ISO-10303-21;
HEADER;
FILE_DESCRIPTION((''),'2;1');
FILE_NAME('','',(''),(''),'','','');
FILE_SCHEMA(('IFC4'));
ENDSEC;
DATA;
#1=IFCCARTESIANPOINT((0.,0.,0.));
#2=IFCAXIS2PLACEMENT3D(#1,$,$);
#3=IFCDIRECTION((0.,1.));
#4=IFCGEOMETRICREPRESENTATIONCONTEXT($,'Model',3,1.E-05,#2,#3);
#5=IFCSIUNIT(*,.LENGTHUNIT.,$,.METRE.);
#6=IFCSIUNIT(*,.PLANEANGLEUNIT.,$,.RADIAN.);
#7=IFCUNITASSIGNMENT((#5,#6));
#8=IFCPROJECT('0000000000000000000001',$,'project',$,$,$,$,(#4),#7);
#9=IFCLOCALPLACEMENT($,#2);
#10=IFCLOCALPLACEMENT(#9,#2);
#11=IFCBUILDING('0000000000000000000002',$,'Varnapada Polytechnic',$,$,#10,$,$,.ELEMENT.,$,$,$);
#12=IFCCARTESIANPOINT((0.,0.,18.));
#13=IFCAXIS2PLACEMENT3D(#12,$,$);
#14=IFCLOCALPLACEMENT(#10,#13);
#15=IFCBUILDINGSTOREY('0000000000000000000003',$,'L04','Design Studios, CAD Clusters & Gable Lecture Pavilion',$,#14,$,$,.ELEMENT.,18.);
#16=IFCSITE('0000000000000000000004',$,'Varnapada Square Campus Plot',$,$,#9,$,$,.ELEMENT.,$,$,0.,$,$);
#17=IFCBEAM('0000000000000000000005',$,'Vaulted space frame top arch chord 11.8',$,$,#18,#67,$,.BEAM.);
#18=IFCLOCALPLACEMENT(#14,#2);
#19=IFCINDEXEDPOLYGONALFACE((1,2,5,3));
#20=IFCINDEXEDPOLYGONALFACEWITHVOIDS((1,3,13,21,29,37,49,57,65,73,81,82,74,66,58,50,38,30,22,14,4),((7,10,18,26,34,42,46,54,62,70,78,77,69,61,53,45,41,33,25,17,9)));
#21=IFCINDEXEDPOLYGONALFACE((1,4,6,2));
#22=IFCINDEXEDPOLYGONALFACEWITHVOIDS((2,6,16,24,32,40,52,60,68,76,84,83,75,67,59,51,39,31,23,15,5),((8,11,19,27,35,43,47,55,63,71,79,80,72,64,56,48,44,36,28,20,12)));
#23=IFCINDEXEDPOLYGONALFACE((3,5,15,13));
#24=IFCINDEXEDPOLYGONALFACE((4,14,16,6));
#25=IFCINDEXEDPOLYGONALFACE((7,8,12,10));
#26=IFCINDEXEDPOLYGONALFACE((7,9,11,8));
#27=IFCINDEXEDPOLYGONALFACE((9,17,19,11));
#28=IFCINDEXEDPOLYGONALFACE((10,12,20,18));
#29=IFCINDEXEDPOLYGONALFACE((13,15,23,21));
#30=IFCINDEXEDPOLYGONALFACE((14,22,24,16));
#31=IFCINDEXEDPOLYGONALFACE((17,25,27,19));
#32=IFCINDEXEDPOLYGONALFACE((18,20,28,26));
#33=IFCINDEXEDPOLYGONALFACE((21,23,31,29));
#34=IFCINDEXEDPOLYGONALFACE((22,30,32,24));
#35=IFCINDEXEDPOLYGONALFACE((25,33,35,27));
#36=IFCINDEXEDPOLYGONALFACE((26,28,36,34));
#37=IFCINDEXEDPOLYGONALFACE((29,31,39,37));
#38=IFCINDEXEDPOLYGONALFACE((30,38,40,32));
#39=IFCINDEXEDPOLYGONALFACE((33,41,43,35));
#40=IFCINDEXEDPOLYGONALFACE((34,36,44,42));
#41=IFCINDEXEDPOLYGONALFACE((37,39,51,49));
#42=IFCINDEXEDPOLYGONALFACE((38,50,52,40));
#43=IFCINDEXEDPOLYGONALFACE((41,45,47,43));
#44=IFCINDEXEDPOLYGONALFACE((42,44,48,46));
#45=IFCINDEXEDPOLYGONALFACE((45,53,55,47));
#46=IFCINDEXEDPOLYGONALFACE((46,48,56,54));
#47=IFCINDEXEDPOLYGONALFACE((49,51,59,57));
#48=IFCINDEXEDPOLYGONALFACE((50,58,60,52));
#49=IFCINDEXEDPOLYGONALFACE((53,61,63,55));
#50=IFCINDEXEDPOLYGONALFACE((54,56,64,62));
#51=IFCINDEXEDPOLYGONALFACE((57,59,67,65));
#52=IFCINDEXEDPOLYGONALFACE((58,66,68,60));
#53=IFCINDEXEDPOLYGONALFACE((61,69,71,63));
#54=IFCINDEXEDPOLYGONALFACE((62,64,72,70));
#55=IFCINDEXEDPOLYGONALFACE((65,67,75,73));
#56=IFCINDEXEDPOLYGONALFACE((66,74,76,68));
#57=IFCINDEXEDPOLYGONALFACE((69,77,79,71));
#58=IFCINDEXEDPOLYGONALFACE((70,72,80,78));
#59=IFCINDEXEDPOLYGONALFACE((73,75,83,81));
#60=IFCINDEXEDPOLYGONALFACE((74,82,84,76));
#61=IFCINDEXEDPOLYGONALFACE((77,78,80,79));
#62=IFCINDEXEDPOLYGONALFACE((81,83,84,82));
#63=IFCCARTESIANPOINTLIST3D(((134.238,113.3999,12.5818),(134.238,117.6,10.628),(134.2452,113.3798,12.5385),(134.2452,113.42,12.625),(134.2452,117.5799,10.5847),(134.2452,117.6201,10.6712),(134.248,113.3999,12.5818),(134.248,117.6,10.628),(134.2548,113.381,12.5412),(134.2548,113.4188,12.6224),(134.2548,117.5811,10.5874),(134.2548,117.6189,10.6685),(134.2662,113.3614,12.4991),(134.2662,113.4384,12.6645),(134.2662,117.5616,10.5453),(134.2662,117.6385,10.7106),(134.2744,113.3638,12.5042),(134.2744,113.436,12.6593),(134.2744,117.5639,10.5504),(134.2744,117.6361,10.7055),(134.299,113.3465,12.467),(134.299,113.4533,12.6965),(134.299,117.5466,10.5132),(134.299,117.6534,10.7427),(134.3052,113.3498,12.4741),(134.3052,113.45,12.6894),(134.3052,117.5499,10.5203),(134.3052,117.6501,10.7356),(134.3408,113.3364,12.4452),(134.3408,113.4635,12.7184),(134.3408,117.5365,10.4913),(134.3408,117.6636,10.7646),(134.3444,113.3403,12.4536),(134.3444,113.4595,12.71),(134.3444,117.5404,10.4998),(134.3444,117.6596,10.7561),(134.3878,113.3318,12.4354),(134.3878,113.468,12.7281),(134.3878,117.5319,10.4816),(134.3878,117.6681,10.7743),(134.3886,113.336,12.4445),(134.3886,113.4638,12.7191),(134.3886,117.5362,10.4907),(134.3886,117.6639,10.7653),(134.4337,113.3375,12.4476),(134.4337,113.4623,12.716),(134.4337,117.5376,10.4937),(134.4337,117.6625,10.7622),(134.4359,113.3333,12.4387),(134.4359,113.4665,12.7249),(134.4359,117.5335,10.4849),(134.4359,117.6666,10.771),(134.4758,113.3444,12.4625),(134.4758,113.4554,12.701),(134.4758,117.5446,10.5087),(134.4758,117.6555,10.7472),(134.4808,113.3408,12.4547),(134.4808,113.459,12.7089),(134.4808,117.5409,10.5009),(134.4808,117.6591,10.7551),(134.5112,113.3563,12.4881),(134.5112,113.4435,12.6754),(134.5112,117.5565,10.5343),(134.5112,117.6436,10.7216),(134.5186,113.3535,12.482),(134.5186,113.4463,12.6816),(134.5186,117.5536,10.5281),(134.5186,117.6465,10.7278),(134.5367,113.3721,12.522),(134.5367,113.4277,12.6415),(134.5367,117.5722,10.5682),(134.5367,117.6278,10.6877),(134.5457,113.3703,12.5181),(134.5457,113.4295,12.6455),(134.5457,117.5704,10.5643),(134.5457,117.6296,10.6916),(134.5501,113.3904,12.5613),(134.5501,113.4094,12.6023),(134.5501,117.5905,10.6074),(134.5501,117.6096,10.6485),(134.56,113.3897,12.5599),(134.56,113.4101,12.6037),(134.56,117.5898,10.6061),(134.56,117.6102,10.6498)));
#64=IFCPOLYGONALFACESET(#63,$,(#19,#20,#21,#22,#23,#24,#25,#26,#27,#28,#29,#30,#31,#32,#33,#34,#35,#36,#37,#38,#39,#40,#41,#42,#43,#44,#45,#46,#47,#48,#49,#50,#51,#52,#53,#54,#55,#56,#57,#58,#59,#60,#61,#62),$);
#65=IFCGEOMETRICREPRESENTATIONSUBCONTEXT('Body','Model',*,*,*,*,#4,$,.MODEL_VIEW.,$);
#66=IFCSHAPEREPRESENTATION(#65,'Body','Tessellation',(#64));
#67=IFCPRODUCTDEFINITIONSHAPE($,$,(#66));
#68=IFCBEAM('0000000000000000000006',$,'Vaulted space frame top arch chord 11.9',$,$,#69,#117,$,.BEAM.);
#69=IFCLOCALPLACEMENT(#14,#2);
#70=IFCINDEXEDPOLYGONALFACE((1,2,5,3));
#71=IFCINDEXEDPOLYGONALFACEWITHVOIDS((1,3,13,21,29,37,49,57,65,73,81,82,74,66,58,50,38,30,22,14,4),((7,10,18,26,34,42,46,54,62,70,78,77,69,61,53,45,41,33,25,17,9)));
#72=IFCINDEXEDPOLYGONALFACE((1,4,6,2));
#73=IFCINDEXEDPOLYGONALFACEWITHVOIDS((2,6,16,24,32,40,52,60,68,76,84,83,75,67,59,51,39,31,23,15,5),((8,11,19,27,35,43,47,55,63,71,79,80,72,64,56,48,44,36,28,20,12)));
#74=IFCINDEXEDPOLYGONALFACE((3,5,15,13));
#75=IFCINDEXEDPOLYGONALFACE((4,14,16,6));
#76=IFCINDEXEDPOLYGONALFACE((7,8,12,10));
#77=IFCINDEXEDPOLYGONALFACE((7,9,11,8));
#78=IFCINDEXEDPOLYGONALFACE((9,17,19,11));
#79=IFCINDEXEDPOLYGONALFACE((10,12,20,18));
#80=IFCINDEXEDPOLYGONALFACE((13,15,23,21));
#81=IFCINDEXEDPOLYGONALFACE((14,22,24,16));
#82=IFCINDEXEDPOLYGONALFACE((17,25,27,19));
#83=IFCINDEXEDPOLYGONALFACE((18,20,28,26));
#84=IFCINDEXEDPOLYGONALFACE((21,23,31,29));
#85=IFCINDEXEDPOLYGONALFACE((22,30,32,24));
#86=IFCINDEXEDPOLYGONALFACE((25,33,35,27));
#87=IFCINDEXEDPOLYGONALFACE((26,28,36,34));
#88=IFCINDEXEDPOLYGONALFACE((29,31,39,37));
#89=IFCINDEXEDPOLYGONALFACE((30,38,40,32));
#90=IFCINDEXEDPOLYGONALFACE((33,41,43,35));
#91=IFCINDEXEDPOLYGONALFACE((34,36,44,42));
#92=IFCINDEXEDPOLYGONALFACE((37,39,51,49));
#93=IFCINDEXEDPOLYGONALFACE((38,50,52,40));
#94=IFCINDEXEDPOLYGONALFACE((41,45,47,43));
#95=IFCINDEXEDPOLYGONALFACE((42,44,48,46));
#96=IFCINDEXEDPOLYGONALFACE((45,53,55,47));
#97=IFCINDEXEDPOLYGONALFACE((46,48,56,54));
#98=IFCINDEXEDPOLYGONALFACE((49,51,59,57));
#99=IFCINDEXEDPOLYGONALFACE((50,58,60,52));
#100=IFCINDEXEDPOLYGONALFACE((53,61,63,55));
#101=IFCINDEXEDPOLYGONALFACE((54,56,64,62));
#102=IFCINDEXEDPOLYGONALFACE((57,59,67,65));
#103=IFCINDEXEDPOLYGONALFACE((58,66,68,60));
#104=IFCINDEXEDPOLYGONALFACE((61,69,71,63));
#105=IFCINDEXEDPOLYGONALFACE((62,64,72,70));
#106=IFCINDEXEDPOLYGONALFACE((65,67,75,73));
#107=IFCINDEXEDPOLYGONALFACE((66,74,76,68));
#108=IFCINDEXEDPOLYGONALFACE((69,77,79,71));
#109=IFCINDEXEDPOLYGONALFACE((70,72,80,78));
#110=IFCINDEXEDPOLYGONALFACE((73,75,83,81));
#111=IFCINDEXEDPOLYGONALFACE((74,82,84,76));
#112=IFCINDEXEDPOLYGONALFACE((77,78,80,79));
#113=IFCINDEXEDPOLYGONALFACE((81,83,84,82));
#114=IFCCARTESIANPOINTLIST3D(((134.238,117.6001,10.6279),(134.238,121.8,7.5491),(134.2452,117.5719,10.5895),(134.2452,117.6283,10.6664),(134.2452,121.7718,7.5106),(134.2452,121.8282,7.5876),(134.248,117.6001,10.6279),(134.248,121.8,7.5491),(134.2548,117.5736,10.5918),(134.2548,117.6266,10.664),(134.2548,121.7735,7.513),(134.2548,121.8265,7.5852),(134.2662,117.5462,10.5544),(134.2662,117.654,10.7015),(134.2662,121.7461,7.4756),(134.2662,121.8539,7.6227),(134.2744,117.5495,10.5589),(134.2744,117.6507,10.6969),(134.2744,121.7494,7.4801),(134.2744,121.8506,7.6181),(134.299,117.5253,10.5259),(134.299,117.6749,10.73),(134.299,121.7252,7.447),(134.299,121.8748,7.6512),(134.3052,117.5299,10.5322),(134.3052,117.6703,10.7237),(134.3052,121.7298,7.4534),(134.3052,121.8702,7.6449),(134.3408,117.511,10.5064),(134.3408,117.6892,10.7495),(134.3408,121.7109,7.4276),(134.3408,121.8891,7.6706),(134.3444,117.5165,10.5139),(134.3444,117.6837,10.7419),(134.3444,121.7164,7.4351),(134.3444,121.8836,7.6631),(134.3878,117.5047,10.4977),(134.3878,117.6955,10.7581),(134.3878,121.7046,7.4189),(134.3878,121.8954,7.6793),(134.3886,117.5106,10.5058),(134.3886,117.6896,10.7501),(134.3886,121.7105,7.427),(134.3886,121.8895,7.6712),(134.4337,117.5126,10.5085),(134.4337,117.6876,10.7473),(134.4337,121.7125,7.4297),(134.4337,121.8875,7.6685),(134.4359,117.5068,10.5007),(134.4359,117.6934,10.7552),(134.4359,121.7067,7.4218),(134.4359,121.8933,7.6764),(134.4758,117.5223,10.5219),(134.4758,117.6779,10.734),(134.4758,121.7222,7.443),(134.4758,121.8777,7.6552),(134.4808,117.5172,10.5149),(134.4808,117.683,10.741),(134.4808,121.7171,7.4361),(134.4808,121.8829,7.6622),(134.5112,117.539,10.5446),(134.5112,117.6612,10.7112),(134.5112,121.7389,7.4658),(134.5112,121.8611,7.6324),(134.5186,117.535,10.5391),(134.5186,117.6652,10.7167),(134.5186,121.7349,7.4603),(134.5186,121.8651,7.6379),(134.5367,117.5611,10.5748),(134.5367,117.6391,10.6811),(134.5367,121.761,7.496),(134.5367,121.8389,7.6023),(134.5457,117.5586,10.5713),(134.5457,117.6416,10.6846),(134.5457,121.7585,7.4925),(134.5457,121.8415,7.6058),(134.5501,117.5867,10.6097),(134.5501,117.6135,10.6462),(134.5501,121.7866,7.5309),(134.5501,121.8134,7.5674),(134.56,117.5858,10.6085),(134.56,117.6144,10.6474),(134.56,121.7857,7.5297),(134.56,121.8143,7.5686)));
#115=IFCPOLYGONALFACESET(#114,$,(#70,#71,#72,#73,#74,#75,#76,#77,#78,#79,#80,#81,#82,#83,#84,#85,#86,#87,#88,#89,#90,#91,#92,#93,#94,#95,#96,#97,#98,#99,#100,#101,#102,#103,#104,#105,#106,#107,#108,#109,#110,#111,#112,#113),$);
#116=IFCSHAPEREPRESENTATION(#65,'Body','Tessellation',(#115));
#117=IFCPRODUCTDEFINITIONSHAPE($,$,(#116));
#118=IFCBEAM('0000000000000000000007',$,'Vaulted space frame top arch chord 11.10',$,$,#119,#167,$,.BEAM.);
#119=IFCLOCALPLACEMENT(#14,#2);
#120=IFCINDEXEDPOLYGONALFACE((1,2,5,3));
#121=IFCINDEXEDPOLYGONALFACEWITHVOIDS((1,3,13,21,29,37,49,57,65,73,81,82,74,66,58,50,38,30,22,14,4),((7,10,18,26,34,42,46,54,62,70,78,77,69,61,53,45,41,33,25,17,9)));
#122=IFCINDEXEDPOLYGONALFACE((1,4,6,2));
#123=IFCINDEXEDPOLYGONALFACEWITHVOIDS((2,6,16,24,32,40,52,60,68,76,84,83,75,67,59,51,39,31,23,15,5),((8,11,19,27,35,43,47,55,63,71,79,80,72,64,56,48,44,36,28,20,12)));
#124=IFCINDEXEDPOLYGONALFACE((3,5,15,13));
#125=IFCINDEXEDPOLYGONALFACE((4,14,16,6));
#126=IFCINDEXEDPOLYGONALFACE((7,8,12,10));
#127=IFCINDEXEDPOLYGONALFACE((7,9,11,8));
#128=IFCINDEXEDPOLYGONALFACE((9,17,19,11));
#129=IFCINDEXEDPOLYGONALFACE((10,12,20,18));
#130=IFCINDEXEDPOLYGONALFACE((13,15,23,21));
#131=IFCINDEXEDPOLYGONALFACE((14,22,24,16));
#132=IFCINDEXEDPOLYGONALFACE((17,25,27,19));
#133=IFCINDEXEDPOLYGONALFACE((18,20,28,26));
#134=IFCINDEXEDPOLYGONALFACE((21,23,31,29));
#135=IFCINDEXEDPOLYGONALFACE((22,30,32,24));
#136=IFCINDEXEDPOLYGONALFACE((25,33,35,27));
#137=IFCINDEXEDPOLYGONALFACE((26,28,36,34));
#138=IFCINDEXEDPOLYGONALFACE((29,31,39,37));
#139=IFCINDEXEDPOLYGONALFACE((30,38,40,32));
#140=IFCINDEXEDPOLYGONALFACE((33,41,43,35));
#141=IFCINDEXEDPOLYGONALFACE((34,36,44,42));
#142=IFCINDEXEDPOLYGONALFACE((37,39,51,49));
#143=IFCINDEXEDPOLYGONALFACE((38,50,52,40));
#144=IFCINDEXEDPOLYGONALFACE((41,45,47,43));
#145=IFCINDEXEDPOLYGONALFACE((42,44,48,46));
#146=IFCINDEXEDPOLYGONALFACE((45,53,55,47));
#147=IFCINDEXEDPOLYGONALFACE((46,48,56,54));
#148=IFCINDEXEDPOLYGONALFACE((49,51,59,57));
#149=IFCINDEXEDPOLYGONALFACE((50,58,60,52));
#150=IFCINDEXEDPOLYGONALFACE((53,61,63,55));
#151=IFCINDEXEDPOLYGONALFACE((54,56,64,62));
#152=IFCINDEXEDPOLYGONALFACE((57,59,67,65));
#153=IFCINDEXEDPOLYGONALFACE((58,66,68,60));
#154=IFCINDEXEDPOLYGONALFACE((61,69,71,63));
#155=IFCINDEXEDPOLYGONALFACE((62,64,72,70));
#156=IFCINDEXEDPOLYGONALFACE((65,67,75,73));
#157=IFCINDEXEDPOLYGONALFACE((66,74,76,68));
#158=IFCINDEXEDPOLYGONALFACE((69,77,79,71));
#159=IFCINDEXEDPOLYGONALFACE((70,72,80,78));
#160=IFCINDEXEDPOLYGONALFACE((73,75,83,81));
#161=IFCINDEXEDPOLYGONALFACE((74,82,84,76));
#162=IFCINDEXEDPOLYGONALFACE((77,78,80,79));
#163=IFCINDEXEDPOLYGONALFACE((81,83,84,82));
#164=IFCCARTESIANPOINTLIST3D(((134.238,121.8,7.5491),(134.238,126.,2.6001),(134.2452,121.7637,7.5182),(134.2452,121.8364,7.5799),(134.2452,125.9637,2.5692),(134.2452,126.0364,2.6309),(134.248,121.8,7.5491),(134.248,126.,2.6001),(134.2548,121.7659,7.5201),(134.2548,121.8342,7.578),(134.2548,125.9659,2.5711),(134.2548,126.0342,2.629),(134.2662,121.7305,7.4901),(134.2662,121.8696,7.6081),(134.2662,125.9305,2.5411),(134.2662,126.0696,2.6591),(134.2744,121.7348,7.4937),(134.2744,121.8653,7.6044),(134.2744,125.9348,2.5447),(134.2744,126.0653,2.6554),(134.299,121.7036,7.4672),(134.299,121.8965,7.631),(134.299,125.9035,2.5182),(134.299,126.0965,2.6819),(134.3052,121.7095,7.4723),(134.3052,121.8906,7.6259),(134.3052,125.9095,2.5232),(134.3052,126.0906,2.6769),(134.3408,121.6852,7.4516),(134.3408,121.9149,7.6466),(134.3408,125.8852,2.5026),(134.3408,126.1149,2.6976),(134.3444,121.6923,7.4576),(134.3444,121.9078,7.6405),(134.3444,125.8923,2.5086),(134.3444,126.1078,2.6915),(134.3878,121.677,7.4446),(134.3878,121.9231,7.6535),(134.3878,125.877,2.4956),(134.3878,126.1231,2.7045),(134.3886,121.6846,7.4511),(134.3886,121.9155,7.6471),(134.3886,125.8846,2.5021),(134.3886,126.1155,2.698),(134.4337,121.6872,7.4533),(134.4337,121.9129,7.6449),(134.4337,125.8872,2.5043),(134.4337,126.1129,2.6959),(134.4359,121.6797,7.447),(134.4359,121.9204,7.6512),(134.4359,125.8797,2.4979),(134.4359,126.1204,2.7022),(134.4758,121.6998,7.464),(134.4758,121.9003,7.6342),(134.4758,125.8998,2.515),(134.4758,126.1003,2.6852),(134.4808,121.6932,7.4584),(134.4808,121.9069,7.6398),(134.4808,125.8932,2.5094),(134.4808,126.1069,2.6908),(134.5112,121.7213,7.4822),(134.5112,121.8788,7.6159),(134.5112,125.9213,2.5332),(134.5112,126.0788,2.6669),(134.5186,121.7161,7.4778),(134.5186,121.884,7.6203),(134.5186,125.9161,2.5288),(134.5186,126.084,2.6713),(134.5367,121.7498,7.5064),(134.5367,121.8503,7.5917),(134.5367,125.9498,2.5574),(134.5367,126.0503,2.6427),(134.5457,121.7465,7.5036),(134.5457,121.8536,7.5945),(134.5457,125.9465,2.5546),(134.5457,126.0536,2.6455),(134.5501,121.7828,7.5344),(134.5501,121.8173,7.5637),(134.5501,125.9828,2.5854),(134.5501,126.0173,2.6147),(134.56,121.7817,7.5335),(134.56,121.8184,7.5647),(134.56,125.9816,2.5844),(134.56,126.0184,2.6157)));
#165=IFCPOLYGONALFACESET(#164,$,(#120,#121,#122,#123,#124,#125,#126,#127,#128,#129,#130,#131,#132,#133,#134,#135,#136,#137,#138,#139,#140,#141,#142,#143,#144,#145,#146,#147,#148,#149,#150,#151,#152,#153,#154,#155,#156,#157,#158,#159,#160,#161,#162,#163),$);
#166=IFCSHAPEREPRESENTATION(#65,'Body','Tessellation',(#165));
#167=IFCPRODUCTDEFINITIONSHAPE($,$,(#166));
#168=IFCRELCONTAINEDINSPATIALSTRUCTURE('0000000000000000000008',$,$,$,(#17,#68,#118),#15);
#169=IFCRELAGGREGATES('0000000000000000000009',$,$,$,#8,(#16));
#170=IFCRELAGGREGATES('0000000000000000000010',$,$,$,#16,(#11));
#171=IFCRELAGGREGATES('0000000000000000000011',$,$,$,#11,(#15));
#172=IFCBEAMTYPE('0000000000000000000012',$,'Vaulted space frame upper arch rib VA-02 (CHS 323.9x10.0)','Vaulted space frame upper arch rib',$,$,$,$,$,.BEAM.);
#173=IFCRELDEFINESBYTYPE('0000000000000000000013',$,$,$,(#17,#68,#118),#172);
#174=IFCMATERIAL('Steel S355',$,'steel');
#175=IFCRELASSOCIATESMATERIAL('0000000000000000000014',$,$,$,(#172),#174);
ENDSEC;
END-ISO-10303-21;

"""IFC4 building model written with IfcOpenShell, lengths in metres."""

from ifc_helpers import new_model, si_unit, direction, frame, origin, origin_2d, place, context, subcontext, project, spatial, hollow_circle, extrude, material, material_profile, profile_set, type_object, element, save


model = new_model("IFC4")

# Units and contexts
model_context = context("Model", 3, precision=1e-05, world=origin(), true_north=direction((0.0, 1.0)))
body_context = subcontext(model_context, "Body", "Model", "MODEL_VIEW")
ifc_project = project(units=[si_unit("LENGTHUNIT", "METRE"), si_unit("PLANEANGLEUNIT", "RADIAN")], contexts=[model_context])

# Site, building, storey
site_placement = place(None, origin())
site = spatial("IfcSite", under=ifc_project, at=site_placement, Name="Varnapada Square Campus Plot", CompositionType="ELEMENT", RefElevation=0.0)
building_placement = place(site_placement, origin())
building = spatial("IfcBuilding", under=site, at=building_placement, Name="Varnapada Polytechnic", CompositionType="ELEMENT")
storey_placement = place(building_placement, frame((0.0, 0.0, 18.0)))
storey = spatial("IfcBuildingStorey", under=building, at=storey_placement, Name="L04", Description="Design Studios, CAD Clusters & Gable Lecture Pavilion", CompositionType="ELEMENT", Elevation=18.0)

# Shared definitions
ifc_material = material(Name="Steel S355", Category="steel")

# Beams
ifc_material_profile_1 = material_profile(ifc_material, hollow_circle(Radius=0.1619, WallThickness=0.01, at=origin_2d()), Name="CHS 323.9x10.0")
ifc_profile_set_1 = profile_set([ifc_material_profile_1], Name="Steel S355")
beam_type_1 = type_object("IfcBeamType", Name="Vaulted space frame upper arch rib VA-02 (CHS 323.9x10.0)", Description="Vaulted space frame upper arch rib", PredefinedType="BEAM", material=ifc_profile_set_1)
beam_1_placement = place(storey_placement, frame((134.3999, 113.3999, 12.5818), z_axis=(0.0, 0.906698, -0.42178), x_axis=(-1.0, 0.0, 0.0)))
element("IfcBeam", 1, at=beam_1_placement, inside=storey, type_object=beam_type_1, Name="Vaulted space frame top arch chord 11.8", PredefinedType="BEAM", context=body_context, shape_type="SweptSolid", body=[
    extrude(hollow_circle(Radius=0.1619, WallThickness=0.01, at=origin_2d()), origin(), (0.0, 0.0, 1.0), 4.6323),
])
beam_2_placement = place(storey_placement, frame((134.3999, 117.6001, 10.6279), z_axis=(0.0, 0.806506, -0.591225), x_axis=(-1.0, 0.0, 0.0)))
element("IfcBeam", 2, at=beam_2_placement, inside=storey, type_object=beam_type_1, Name="Vaulted space frame top arch chord 11.9", PredefinedType="BEAM", context=body_context, shape_type="SweptSolid", body=[
    extrude(hollow_circle(Radius=0.1619, WallThickness=0.01, at=origin_2d()), origin(), (0.0, 0.0, 1.0), 5.2075),
])
beam_3_placement = place(storey_placement, frame((134.3999, 121.8, 7.5491), z_axis=(0.0, 0.647051, -0.762447), x_axis=(-1.0, 0.0, 0.0)))
element("IfcBeam", 3, at=beam_3_placement, inside=storey, type_object=beam_type_1, Name="Vaulted space frame top arch chord 11.10", PredefinedType="BEAM", context=body_context, shape_type="SweptSolid", body=[
    extrude(hollow_circle(Radius=0.1619, WallThickness=0.01, at=origin_2d()), origin(), (0.0, 0.0, 1.0), 6.491),
])

save(model, "model.ifc")
